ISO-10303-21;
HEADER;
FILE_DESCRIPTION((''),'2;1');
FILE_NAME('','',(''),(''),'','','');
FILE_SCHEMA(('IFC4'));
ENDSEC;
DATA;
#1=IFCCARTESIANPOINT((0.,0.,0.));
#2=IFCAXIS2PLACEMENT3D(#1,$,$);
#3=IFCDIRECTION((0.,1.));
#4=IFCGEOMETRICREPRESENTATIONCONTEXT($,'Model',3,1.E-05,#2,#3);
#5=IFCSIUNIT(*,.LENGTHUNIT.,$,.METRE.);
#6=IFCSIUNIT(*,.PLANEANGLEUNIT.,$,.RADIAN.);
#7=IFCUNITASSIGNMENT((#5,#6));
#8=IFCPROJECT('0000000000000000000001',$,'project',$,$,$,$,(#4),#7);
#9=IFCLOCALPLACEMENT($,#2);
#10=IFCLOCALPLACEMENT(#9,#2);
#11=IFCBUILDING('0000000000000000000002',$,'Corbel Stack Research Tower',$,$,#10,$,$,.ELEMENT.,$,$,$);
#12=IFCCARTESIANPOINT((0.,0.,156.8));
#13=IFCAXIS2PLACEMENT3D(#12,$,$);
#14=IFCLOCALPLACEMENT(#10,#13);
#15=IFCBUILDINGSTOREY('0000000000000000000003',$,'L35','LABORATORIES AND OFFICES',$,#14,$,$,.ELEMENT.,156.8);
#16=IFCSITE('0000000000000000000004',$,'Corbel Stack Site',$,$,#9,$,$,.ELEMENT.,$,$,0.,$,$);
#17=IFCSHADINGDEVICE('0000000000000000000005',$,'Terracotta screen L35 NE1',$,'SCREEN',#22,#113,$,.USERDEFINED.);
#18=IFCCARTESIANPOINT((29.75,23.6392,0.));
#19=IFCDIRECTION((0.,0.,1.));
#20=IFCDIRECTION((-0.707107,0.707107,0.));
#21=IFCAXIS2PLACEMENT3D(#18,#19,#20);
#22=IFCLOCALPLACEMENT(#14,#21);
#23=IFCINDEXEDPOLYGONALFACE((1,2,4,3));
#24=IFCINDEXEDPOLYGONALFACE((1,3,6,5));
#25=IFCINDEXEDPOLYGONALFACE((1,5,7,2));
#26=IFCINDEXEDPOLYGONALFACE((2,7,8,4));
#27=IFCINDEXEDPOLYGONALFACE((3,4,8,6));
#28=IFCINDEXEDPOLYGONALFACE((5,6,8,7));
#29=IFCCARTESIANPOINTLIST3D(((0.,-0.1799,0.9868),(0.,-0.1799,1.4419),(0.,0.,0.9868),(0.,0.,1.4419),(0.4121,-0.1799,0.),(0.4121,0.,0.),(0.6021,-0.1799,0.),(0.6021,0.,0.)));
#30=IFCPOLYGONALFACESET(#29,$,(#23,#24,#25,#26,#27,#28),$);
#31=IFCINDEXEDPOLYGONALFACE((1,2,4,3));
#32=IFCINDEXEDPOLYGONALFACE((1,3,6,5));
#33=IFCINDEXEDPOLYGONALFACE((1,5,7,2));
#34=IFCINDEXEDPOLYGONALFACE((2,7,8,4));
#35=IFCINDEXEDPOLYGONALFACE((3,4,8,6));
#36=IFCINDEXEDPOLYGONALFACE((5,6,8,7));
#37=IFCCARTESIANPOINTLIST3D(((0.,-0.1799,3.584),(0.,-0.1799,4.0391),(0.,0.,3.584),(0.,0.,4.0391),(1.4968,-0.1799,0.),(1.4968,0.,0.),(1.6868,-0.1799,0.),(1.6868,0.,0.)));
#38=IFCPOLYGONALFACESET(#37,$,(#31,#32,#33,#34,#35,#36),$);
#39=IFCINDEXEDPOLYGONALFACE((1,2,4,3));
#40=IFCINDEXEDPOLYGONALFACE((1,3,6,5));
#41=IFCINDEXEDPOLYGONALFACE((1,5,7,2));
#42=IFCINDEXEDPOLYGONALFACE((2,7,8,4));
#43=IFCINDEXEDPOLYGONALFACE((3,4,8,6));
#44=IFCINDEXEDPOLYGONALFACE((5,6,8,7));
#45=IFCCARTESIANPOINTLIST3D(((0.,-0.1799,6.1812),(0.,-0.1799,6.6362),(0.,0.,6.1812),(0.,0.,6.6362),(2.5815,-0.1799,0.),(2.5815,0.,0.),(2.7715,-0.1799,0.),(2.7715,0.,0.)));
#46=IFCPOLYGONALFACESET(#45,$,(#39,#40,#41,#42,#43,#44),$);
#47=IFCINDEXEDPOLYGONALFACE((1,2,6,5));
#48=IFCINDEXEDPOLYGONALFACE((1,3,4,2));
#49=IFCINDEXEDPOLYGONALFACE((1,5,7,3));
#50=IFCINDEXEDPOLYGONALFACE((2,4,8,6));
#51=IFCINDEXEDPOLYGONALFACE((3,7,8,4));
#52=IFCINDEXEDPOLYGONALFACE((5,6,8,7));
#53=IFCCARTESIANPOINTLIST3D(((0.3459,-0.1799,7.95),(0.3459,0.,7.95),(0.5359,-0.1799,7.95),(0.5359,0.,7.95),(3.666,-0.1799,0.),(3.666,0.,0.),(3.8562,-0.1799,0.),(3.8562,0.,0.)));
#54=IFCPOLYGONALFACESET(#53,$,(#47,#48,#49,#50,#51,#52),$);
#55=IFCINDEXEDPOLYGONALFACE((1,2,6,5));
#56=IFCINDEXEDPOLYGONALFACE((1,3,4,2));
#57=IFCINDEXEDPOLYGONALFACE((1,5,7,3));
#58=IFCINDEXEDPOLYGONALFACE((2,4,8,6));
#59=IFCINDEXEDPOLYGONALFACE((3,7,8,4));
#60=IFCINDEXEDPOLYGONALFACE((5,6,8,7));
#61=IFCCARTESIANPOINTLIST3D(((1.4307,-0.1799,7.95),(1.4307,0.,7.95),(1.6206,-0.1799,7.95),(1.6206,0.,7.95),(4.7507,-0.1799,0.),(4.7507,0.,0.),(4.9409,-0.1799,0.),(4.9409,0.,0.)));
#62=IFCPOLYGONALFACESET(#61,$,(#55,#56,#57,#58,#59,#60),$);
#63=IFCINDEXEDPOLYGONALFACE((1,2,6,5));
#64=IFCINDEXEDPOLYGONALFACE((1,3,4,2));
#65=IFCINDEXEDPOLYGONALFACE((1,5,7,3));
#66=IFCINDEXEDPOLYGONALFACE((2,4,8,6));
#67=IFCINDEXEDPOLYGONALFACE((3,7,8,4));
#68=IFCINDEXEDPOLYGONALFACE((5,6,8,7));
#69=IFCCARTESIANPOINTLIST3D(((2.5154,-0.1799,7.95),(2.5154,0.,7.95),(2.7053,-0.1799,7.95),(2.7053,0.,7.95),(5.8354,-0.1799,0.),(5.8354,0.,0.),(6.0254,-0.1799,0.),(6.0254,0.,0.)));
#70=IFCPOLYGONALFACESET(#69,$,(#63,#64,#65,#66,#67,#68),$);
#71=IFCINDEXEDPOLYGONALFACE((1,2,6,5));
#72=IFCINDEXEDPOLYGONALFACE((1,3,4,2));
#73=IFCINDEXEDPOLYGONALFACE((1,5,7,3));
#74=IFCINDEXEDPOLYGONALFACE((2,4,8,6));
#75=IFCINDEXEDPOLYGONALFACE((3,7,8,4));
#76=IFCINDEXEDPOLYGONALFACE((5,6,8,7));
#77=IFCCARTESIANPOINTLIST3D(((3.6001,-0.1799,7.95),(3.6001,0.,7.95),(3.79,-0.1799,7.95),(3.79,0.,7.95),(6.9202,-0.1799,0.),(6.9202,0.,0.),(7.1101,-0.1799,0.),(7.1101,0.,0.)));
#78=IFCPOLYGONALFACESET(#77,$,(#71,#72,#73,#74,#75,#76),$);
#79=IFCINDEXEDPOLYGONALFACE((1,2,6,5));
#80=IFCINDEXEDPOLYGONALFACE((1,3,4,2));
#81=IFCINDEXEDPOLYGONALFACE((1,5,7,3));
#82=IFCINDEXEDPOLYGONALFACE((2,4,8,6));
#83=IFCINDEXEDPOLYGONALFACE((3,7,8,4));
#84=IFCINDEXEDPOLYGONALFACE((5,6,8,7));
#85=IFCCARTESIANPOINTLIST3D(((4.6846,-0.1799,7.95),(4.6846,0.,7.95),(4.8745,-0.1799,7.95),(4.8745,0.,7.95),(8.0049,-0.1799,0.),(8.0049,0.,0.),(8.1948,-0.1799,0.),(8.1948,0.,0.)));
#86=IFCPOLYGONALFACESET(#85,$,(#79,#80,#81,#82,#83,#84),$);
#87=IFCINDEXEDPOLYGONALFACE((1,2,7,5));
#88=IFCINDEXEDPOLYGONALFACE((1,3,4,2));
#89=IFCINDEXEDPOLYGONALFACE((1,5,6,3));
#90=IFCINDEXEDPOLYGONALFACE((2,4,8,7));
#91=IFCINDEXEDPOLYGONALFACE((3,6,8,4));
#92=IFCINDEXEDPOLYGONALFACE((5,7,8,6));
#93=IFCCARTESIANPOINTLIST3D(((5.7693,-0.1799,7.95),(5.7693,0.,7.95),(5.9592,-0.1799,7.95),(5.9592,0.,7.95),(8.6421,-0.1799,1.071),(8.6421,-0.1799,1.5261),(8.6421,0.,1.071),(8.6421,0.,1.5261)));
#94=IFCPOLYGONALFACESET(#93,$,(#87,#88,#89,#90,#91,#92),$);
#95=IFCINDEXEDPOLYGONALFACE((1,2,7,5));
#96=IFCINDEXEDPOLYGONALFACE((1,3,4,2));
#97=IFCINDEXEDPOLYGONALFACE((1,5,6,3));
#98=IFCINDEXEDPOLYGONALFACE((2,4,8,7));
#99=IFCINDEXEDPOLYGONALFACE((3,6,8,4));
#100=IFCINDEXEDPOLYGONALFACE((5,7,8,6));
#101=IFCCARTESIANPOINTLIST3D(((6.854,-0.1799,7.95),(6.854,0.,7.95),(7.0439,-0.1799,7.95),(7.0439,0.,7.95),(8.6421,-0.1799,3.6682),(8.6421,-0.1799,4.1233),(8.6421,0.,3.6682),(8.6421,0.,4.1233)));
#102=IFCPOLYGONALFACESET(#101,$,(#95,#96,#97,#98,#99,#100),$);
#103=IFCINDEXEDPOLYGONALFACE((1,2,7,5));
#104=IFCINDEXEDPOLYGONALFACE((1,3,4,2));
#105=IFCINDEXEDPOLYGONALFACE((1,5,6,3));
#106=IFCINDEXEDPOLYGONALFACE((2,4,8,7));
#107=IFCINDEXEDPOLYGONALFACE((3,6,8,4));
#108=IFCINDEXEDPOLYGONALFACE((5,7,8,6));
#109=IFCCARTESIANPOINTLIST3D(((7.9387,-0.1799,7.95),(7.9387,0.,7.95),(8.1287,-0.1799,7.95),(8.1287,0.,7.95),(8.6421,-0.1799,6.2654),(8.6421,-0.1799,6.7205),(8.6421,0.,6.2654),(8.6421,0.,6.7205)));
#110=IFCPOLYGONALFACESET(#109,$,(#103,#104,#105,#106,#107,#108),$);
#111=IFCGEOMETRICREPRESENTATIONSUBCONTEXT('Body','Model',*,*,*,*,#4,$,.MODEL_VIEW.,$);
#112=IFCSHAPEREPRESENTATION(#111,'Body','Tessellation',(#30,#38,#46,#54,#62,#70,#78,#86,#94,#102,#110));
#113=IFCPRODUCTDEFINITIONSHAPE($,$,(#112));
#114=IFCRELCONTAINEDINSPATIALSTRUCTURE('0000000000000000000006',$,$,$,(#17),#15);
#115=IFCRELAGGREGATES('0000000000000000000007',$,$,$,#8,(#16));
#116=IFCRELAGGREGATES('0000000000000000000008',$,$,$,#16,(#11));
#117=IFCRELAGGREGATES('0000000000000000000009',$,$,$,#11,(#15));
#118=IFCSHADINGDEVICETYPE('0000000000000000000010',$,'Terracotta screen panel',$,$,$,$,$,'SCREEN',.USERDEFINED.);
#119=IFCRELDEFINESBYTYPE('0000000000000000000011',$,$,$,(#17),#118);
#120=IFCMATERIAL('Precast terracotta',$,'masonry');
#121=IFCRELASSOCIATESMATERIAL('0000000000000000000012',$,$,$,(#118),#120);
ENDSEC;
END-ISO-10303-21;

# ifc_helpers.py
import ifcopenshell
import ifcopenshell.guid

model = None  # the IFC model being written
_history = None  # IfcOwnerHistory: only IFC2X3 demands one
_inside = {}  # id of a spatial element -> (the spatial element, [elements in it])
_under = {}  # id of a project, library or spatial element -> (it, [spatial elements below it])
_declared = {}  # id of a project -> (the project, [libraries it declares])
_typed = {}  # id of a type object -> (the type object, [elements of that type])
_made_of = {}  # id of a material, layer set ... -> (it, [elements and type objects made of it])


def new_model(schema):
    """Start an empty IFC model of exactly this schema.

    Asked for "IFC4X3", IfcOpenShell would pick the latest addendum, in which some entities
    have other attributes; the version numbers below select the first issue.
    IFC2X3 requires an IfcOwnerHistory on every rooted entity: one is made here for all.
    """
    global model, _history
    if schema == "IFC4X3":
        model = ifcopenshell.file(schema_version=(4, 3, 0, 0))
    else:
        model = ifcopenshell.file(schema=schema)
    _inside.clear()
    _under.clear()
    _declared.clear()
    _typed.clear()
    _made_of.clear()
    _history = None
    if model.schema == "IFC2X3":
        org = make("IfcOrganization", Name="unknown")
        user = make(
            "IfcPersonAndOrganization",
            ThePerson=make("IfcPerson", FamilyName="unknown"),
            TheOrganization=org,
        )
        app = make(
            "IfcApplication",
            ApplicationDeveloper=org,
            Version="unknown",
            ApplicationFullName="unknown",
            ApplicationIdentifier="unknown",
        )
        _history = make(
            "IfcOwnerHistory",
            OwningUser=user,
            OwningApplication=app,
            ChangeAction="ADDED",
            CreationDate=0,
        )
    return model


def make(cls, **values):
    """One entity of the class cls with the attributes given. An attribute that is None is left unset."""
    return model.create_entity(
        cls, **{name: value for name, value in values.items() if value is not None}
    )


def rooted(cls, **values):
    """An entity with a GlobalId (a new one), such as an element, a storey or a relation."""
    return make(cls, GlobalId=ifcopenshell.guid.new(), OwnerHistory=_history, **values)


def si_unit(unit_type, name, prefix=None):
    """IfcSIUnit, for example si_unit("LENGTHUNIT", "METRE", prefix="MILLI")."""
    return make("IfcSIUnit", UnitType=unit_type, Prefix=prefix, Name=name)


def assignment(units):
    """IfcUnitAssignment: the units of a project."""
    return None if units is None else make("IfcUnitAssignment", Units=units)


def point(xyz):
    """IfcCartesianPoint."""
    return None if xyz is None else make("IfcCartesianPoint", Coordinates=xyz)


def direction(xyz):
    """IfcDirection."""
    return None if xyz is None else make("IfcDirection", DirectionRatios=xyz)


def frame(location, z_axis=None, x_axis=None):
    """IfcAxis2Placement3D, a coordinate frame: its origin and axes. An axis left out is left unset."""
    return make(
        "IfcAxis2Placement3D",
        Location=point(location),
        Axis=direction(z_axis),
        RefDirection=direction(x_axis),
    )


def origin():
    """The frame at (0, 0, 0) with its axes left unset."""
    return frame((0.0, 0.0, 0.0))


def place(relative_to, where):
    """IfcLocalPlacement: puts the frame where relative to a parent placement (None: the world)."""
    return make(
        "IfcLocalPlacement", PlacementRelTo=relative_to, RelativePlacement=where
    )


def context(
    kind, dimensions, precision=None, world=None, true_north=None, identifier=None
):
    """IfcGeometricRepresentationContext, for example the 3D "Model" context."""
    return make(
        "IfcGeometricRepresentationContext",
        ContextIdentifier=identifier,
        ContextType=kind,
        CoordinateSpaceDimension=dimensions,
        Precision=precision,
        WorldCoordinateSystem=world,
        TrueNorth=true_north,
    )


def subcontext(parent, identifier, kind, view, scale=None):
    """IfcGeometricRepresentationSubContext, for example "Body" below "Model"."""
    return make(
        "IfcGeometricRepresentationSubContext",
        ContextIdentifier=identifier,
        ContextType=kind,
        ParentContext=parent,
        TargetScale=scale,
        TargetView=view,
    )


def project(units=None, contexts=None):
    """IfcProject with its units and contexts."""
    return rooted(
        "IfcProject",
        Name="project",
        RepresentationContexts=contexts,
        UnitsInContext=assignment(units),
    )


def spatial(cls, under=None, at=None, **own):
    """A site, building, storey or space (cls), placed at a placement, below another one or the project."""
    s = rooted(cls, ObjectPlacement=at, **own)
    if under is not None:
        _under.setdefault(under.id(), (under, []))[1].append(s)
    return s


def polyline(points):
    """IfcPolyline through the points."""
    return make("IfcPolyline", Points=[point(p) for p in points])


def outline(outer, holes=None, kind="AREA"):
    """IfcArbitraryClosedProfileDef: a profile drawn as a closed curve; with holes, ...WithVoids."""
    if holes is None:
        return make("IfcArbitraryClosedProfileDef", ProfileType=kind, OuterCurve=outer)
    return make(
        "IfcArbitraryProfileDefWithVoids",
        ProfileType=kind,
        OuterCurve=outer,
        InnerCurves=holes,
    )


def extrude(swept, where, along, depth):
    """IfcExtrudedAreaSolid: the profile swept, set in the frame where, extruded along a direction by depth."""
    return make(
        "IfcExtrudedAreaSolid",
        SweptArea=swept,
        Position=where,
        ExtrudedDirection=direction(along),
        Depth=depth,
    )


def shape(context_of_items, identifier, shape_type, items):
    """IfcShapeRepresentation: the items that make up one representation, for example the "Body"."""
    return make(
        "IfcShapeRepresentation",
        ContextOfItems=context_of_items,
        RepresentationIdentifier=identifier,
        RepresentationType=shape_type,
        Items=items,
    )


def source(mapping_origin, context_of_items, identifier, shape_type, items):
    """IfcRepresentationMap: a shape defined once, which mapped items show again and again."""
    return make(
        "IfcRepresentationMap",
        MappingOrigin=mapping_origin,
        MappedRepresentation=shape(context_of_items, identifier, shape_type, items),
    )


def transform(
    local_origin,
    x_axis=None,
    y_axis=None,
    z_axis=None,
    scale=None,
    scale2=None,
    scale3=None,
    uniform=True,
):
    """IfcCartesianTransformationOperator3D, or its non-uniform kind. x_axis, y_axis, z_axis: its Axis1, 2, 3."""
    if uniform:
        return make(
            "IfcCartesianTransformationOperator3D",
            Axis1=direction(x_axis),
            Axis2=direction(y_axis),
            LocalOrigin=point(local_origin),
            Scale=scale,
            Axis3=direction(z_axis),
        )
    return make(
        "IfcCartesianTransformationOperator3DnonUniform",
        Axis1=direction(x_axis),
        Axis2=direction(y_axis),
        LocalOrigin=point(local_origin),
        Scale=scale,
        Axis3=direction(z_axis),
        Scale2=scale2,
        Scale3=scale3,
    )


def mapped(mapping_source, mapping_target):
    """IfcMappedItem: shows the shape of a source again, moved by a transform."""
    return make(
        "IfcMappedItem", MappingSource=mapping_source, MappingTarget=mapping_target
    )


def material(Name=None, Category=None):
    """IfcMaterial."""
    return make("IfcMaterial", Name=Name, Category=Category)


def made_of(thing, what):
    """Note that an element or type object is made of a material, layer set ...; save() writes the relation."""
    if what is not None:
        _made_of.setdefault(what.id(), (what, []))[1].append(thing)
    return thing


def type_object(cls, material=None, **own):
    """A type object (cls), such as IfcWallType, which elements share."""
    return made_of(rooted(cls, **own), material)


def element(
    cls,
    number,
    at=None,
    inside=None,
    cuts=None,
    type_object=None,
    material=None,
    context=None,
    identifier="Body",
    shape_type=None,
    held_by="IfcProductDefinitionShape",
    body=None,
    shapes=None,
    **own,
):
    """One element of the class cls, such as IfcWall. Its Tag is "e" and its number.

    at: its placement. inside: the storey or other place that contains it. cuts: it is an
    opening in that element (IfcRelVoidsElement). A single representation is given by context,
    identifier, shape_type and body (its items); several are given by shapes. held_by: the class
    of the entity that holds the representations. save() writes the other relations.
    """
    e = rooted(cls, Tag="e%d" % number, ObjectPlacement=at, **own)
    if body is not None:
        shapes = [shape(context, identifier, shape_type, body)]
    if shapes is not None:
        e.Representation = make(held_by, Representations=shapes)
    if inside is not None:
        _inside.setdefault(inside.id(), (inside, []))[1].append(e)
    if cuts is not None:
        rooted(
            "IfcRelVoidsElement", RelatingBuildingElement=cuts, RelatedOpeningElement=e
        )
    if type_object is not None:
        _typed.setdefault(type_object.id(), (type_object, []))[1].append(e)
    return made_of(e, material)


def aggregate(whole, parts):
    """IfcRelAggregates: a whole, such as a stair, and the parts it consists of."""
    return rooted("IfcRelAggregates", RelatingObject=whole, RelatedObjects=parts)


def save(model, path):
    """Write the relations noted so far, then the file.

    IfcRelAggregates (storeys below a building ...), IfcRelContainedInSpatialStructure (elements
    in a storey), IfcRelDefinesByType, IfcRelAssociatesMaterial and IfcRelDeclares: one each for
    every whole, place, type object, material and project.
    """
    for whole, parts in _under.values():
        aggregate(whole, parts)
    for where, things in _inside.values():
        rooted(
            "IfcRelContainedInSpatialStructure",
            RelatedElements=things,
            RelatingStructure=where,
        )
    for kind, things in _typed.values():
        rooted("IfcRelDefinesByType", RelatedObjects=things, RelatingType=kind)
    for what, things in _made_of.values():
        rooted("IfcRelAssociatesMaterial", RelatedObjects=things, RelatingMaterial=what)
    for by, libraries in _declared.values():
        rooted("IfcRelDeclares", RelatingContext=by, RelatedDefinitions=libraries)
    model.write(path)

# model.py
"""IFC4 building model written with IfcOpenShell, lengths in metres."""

from ifc_helpers import new_model, si_unit, direction, frame, origin, place, context, subcontext, project, spatial, polyline, outline, extrude, source, transform, mapped, material, type_object, element, save


model = new_model("IFC4")

# Units and contexts
model_context = context("Model", 3, precision=1e-05, world=origin(), true_north=direction((0.0, 1.0)))
body_context = subcontext(model_context, "Body", "Model", "MODEL_VIEW")
ifc_project = project(units=[si_unit("LENGTHUNIT", "METRE"), si_unit("PLANEANGLEUNIT", "RADIAN")], contexts=[model_context])

# Site, building, storey
site_placement = place(None, origin())
site = spatial("IfcSite", under=ifc_project, at=site_placement, Name="Corbel Stack Site", CompositionType="ELEMENT", RefElevation=0.0)
building_placement = place(site_placement, origin())
building = spatial("IfcBuilding", under=site, at=building_placement, Name="Corbel Stack Research Tower", CompositionType="ELEMENT")
storey_placement = place(building_placement, frame((0.0, 0.0, 156.8)))
storey = spatial("IfcBuildingStorey", under=building, at=storey_placement, Name="L35", Description="LABORATORIES AND OFFICES", CompositionType="ELEMENT", Elevation=156.8)

# Shading device
ifc_material_1 = material(Name="Precast terracotta", Category="masonry")
shading_device_type = type_object("IfcShadingDeviceType", Name="Terracotta screen panel", ElementType="SCREEN", PredefinedType="USERDEFINED", material=ifc_material_1)
shared_shape_1 = source(origin(), body_context, "Body", "SweptSolid", [
    extrude(outline(polyline([(0.6021, 0.0), (0.0, 1.4419), (0.0, 0.9868), (0.4121, 0.0), (0.6021, 0.0)])), frame((0.0, 0.0, 0.0), z_axis=(0.0, -1.0, 0.0), x_axis=(1.0, 0.0, 0.0)), (0.0, 0.0, 1.0), 0.1799),
    extrude(outline(polyline([(1.6868, 0.0), (0.0, 4.0391), (0.0, 3.584), (1.4968, 0.0), (1.6868, 0.0)])), frame((0.0, 0.0, 0.0), z_axis=(0.0, -1.0, 0.0), x_axis=(1.0, 0.0, 0.0)), (0.0, 0.0, 1.0), 0.1799),
    extrude(outline(polyline([(2.7715, 0.0), (0.0, 6.6362), (0.0, 6.1812), (2.5815, 0.0), (2.7715, 0.0)])), frame((0.0, 0.0, 0.0), z_axis=(0.0, -1.0, 0.0), x_axis=(1.0, 0.0, 0.0)), (0.0, 0.0, 1.0), 0.1799),
    extrude(outline(polyline([(3.8562, 0.0), (0.5359, 7.95), (0.3459, 7.95), (3.666, 0.0), (3.8562, 0.0)])), frame((0.0, 0.0, 0.0), z_axis=(0.0, -1.0, 0.0), x_axis=(1.0, 0.0, 0.0)), (0.0, 0.0, 1.0), 0.1799),
    extrude(outline(polyline([(4.9409, 0.0), (1.6206, 7.95), (1.4307, 7.95), (4.7507, 0.0), (4.9409, 0.0)])), frame((0.0, 0.0, 0.0), z_axis=(0.0, -1.0, 0.0), x_axis=(1.0, 0.0, 0.0)), (0.0, 0.0, 1.0), 0.1799),
    extrude(outline(polyline([(6.0254, 0.0), (2.7053, 7.95), (2.5154, 7.95), (5.8354, 0.0), (6.0254, 0.0)])), frame((0.0, 0.0, 0.0), z_axis=(0.0, -1.0, 0.0), x_axis=(1.0, 0.0, 0.0)), (0.0, 0.0, 1.0), 0.1799),
    extrude(outline(polyline([(7.1101, 0.0), (3.79, 7.95), (3.6001, 7.95), (6.9202, 0.0), (7.1101, 0.0)])), frame((0.0, 0.0, 0.0), z_axis=(0.0, -1.0, 0.0), x_axis=(1.0, 0.0, 0.0)), (0.0, 0.0, 1.0), 0.1799),
    extrude(outline(polyline([(8.1948, 0.0), (4.8745, 7.95), (4.6846, 7.95), (8.0049, 0.0), (8.1948, 0.0)])), frame((0.0, 0.0, 0.0), z_axis=(0.0, -1.0, 0.0), x_axis=(1.0, 0.0, 0.0)), (0.0, 0.0, 1.0), 0.1799),
    extrude(outline(polyline([(5.9592, 7.95), (5.7693, 7.95), (8.6421, 1.071), (8.6421, 1.5261), (5.9592, 7.95)])), frame((0.0, 0.0, 0.0), z_axis=(0.0, -1.0, 0.0), x_axis=(1.0, 0.0, 0.0)), (0.0, 0.0, 1.0), 0.1799),
    extrude(outline(polyline([(7.0439, 7.95), (6.854, 7.95), (8.6421, 3.6682), (8.6421, 4.1233), (7.0439, 7.95)])), frame((0.0, 0.0, 0.0), z_axis=(0.0, -1.0, 0.0), x_axis=(1.0, 0.0, 0.0)), (0.0, 0.0, 1.0), 0.1799),
    extrude(outline(polyline([(8.1287, 7.95), (7.9387, 7.95), (8.6421, 6.2654), (8.6421, 6.7205), (8.1287, 7.95)])), frame((0.0, 0.0, 0.0), z_axis=(0.0, -1.0, 0.0), x_axis=(1.0, 0.0, 0.0)), (0.0, 0.0, 1.0), 0.1799),
])
shading_device_1_placement = place(storey_placement, frame((29.75, 23.6392, 0.0), z_axis=(0.0, 0.0, 1.0), x_axis=(-0.707107, 0.707107, 0.0)))
element("IfcShadingDevice", 1, at=shading_device_1_placement, inside=storey, type_object=shading_device_type, Name="Terracotta screen L35 NE1", ObjectType="SCREEN", PredefinedType="USERDEFINED", context=body_context, shape_type="MappedRepresentation", body=[
    mapped(shared_shape_1, transform((0.0, 0.0, 0.0))),
])

save(model, "model.ifc")
